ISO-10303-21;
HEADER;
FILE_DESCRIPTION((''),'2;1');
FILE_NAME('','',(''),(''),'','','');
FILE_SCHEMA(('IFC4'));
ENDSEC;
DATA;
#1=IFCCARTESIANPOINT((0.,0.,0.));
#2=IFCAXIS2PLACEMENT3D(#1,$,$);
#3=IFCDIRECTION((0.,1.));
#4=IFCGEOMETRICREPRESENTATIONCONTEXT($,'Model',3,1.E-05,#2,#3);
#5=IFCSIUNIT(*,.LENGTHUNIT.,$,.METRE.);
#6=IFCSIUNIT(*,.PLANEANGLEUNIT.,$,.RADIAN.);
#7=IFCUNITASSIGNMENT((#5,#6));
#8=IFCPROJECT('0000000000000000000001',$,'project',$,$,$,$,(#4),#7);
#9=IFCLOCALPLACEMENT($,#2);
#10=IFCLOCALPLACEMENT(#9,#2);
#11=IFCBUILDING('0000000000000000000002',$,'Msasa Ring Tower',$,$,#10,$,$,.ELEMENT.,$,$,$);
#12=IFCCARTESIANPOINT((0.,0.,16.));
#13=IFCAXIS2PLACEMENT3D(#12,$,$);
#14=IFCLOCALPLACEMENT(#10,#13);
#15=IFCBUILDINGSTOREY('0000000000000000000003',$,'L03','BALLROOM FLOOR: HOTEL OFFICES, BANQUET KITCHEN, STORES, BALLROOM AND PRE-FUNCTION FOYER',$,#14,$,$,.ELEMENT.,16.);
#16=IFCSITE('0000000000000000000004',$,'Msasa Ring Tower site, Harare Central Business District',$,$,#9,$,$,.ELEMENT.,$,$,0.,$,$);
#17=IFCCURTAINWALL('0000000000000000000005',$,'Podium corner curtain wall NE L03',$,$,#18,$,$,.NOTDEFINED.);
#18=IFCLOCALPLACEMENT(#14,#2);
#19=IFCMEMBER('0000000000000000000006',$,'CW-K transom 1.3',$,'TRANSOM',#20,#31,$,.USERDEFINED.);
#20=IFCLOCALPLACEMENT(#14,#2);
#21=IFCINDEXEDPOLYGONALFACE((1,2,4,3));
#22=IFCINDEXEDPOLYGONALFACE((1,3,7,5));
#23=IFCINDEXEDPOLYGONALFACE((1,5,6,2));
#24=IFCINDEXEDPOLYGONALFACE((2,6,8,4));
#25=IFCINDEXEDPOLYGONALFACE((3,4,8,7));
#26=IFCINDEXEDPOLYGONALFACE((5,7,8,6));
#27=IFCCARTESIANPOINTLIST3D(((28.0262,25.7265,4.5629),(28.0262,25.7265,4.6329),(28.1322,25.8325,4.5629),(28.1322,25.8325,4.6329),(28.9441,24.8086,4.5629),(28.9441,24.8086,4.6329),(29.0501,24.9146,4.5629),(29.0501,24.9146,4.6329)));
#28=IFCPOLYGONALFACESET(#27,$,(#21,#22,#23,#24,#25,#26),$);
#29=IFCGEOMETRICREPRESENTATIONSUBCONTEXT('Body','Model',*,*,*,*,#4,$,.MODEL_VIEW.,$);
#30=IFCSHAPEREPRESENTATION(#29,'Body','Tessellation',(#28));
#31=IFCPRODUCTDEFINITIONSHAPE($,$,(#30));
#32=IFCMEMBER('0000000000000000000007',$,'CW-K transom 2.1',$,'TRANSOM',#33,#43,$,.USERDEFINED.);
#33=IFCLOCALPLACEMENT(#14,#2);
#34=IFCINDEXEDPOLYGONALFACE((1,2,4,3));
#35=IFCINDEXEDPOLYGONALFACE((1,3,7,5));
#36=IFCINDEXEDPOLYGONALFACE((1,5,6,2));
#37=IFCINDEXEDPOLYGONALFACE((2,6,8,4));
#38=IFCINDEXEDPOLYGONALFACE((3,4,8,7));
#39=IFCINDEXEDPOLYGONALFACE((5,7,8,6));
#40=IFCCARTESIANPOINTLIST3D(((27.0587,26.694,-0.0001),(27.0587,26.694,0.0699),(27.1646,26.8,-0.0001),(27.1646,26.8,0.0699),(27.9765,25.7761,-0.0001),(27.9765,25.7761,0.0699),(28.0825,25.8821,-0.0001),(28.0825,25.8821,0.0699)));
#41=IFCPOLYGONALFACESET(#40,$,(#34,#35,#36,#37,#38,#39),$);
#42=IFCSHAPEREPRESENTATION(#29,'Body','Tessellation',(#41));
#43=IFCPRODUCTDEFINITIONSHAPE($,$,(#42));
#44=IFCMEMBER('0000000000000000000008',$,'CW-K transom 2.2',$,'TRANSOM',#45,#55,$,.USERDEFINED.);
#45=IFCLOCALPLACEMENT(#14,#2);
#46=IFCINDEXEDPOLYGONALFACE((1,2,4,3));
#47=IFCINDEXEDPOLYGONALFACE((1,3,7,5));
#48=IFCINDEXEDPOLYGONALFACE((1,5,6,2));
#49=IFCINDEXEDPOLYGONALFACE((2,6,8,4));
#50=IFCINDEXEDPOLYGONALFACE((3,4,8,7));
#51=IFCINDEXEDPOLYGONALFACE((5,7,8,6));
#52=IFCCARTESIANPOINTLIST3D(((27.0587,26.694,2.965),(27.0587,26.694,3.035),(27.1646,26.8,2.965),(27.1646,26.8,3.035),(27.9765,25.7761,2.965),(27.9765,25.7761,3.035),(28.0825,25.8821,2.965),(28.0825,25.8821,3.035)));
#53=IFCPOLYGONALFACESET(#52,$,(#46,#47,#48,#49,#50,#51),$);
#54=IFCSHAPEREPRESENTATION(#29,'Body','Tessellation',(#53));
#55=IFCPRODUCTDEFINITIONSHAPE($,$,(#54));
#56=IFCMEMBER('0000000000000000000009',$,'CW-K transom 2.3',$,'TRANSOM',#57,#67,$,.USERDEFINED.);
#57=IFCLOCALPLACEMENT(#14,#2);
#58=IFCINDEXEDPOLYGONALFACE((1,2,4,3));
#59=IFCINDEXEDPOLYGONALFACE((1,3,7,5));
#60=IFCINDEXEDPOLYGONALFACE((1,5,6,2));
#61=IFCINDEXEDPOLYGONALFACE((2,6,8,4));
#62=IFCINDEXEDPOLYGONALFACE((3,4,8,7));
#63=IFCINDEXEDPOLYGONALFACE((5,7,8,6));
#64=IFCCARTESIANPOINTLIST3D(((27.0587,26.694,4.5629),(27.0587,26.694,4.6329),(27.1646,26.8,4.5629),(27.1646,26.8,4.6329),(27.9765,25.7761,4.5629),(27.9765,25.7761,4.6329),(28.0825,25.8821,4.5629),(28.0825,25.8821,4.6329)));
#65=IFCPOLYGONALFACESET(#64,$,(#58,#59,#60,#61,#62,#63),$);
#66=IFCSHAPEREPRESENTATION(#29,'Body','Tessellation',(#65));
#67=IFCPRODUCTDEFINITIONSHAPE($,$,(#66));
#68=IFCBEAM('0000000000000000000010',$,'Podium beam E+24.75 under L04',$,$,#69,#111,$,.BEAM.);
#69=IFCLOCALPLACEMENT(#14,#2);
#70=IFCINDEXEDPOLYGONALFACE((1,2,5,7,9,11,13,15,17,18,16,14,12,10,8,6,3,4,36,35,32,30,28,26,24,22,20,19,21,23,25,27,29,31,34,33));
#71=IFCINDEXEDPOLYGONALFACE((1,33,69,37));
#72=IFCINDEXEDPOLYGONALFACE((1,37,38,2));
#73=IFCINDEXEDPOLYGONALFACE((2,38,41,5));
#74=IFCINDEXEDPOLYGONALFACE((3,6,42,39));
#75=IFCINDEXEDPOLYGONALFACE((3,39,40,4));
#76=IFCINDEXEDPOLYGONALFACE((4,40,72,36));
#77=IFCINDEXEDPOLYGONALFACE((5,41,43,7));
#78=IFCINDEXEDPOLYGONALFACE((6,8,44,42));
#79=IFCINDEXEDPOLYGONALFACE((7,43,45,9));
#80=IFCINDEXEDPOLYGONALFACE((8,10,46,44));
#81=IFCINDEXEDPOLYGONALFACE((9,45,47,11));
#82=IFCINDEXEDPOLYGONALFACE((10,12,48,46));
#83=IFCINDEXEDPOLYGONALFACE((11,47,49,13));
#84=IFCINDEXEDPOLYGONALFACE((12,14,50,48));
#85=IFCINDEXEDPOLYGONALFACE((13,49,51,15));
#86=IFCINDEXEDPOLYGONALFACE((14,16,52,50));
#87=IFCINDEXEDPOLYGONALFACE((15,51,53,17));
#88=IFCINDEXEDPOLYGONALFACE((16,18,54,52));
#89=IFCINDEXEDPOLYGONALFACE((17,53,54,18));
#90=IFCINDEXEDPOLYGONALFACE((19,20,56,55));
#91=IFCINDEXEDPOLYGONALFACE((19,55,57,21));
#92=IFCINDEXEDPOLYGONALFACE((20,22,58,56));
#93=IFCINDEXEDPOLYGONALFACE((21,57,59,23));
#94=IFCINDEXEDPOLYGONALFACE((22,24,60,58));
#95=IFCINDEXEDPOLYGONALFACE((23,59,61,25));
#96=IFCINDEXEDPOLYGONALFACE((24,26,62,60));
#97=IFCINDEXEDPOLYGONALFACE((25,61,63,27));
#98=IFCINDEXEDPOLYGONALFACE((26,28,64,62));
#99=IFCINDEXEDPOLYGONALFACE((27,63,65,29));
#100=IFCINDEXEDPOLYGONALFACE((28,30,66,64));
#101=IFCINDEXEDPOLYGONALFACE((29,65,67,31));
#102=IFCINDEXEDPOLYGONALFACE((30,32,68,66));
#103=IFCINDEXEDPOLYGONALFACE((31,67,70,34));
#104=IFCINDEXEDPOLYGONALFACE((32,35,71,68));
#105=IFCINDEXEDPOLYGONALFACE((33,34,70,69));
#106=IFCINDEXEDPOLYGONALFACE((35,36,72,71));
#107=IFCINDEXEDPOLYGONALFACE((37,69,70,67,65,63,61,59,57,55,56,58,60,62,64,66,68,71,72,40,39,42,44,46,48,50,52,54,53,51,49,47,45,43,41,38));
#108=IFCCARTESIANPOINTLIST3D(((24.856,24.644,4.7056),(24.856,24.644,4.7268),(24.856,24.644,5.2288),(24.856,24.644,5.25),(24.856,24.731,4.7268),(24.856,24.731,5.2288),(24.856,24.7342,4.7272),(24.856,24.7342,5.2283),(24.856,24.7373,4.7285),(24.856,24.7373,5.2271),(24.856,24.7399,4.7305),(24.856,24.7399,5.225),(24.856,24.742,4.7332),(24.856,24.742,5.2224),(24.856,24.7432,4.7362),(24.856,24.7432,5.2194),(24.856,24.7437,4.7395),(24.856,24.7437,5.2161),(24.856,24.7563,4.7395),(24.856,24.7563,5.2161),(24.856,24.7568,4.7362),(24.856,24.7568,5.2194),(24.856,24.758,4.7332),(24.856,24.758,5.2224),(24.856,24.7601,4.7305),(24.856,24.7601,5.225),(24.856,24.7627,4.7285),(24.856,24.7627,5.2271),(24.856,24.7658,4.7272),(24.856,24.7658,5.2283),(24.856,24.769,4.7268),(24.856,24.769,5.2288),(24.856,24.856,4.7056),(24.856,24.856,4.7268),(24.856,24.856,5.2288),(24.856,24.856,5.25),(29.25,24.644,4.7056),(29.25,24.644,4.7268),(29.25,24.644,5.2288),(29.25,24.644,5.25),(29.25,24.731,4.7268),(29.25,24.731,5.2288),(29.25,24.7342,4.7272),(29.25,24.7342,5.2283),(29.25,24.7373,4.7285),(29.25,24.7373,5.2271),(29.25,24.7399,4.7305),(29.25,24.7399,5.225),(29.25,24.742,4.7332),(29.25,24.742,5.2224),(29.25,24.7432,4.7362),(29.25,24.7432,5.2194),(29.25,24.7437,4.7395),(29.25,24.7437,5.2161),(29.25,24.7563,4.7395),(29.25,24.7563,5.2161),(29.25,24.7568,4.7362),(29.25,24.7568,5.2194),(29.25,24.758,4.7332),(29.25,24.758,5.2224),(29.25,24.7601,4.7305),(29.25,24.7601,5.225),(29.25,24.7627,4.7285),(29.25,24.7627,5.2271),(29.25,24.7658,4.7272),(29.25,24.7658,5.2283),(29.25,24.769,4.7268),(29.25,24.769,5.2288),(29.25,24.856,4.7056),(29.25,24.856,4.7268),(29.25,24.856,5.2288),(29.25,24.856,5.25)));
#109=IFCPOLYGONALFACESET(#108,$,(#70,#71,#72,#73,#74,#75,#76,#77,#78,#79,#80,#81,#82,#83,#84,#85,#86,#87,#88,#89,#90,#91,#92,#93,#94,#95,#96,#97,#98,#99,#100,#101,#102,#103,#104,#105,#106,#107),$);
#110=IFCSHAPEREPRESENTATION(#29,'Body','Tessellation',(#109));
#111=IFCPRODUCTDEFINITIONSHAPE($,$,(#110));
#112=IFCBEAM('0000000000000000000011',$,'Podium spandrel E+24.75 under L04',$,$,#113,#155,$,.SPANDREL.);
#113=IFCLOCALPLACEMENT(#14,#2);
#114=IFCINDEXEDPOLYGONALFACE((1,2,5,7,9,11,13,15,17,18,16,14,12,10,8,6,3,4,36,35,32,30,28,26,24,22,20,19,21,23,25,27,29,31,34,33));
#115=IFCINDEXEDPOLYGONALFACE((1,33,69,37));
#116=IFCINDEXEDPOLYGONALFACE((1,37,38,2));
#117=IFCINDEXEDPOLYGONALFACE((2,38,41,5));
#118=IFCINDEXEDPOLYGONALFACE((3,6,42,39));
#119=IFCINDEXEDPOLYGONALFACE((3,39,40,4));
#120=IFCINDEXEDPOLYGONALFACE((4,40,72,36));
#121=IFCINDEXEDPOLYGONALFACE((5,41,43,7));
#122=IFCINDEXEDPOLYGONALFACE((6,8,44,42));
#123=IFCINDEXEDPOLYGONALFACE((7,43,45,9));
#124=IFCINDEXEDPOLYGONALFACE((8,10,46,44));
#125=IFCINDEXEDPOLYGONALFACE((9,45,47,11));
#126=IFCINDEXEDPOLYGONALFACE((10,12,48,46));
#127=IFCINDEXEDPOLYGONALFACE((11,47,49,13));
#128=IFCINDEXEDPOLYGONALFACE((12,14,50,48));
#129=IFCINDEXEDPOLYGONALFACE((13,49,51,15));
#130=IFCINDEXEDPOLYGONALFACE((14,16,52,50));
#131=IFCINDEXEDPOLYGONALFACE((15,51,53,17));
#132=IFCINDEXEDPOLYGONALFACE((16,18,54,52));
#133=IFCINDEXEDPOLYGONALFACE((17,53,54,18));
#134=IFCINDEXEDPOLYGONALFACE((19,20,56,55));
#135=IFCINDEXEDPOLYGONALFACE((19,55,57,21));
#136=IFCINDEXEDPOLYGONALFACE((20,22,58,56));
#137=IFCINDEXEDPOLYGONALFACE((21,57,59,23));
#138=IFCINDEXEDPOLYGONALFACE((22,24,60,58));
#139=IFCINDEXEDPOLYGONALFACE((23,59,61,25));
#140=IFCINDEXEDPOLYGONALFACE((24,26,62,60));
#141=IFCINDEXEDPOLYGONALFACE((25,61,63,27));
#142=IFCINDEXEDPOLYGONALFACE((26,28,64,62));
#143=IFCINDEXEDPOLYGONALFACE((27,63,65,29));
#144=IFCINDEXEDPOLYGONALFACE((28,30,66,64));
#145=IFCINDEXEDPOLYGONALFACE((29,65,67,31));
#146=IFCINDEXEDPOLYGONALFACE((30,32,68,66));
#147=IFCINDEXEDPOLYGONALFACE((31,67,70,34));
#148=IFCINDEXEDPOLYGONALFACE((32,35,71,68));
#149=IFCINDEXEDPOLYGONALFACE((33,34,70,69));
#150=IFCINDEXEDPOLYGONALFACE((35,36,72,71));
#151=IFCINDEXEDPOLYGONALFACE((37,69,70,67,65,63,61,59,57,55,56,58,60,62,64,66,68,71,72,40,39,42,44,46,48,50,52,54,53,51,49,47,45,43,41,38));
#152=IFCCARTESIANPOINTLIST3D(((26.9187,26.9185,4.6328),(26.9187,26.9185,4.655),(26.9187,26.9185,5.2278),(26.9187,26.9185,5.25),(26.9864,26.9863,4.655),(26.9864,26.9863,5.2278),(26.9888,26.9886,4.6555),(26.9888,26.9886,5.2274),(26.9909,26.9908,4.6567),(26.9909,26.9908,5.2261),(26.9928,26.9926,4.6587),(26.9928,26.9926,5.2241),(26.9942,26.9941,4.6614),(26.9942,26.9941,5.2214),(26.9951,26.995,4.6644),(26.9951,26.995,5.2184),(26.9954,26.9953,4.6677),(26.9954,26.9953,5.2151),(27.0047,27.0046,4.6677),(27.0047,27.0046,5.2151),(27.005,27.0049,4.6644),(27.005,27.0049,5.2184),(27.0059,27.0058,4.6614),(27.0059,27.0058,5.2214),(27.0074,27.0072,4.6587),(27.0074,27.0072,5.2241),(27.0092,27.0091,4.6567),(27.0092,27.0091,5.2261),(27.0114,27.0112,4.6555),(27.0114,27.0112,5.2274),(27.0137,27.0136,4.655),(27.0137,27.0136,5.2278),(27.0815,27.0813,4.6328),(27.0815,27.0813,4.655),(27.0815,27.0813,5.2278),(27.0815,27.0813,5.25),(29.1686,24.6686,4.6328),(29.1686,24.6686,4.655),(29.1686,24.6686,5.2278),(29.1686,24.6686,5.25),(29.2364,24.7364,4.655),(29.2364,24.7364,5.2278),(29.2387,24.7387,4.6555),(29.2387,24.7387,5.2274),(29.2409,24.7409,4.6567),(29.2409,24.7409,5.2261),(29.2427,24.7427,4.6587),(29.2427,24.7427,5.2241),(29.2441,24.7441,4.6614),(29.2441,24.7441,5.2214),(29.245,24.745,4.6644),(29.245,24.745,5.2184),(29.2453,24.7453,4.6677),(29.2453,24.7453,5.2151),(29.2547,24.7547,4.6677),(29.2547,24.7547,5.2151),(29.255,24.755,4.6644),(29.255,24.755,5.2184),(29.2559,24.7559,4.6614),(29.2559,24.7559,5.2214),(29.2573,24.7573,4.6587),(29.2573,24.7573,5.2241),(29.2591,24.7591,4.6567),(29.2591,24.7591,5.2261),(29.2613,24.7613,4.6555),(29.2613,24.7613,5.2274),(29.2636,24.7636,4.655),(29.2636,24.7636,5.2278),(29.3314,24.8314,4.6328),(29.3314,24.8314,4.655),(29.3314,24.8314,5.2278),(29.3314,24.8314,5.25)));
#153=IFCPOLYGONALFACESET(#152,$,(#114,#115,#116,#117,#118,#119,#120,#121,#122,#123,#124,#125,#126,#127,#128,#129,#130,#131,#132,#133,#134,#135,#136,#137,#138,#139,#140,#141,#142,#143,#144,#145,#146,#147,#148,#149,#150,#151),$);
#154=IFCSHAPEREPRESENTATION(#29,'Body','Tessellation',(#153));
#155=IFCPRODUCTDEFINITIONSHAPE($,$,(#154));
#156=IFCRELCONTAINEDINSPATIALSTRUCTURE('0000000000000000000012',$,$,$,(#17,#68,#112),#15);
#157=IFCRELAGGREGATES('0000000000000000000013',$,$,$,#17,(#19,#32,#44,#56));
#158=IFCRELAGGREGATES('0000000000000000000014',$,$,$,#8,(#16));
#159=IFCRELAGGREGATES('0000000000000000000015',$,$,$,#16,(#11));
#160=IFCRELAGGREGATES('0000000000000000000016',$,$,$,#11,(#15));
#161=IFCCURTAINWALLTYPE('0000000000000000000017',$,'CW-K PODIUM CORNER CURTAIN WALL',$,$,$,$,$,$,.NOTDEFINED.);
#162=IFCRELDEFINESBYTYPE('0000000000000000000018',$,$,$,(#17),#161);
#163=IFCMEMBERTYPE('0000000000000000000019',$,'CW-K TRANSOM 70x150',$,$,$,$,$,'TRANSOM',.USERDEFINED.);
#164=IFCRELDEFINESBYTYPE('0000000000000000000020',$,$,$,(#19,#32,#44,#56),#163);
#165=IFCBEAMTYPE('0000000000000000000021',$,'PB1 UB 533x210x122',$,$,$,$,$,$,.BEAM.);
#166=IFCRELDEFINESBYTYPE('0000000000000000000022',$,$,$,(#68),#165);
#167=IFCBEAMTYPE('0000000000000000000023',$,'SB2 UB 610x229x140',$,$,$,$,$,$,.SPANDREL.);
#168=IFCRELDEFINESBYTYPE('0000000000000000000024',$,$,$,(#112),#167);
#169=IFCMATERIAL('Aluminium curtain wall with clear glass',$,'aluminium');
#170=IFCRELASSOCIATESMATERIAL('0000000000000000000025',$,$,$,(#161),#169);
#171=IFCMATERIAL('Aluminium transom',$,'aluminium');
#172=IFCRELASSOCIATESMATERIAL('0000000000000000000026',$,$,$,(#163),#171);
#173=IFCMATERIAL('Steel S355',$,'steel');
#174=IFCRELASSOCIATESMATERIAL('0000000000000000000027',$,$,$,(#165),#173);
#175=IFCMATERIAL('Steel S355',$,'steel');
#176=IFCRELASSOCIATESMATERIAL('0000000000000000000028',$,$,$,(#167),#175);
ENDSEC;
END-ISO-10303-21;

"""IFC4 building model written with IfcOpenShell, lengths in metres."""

from ifc_helpers import new_model, si_unit, direction, frame, origin, origin_2d, place, context, subcontext, project, spatial, rectangle, i_section, extrude, material, material_profile, profile_set, type_object, element, aggregate, save


model = new_model("IFC4")

# Units and contexts
model_context = context("Model", 3, precision=1e-05, world=origin(), true_north=direction((0.0, 1.0)))
body_context = subcontext(model_context, "Body", "Model", "MODEL_VIEW")
ifc_project = project(units=[si_unit("LENGTHUNIT", "METRE"), si_unit("PLANEANGLEUNIT", "RADIAN")], contexts=[model_context])

# Site, building, storey
site_placement = place(None, origin())
site = spatial("IfcSite", under=ifc_project, at=site_placement, Name="Msasa Ring Tower site, Harare Central Business District", CompositionType="ELEMENT", RefElevation=0.0)
building_placement = place(site_placement, origin())
building = spatial("IfcBuilding", under=site, at=building_placement, Name="Msasa Ring Tower", CompositionType="ELEMENT")
storey_placement = place(building_placement, frame((0.0, 0.0, 16.0)))
storey = spatial("IfcBuildingStorey", under=building, at=storey_placement, Name="L03", Description="BALLROOM FLOOR: HOTEL OFFICES, BANQUET KITCHEN, STORES, BALLROOM AND PRE-FUNCTION FOYER", CompositionType="ELEMENT", Elevation=16.0)

# Shared definitions
ifc_material_1 = material(Name="Aluminium curtain wall with clear glass", Category="aluminium")
curtain_wall_type = type_object("IfcCurtainWallType", Name="CW-K PODIUM CORNER CURTAIN WALL", PredefinedType="NOTDEFINED", material=ifc_material_1)

# Curtain wall
curtain_wall_1_placement = place(storey_placement, origin())
curtain_wall_1 = element("IfcCurtainWall", 1, at=curtain_wall_1_placement, inside=storey, type_object=curtain_wall_type, Name="Podium corner curtain wall NE L03", PredefinedType="NOTDEFINED")

# Members
ifc_material_2 = material(Name="Aluminium transom", Category="aluminium")
ifc_material_profile_1 = material_profile(ifc_material_2, rectangle(XDim=0.1499, YDim=0.0701, at=origin_2d()), Name="AL 70x150")
ifc_profile_set_1 = profile_set([ifc_material_profile_1], Name="Aluminium transom")
member_type_1 = type_object("IfcMemberType", Name="CW-K TRANSOM 70x150", ElementType="TRANSOM", PredefinedType="USERDEFINED", material=ifc_profile_set_1)
member_1_placement = place(storey_placement, frame((28.9971, 24.8616, 4.5979), z_axis=(-0.707107, 0.707107, 0.0), x_axis=(-0.707107, -0.707107, 0.0)))
member_1 = element("IfcMember", 2, at=member_1_placement, type_object=member_type_1, Name="CW-K transom 1.3", ObjectType="TRANSOM", PredefinedType="USERDEFINED", context=body_context, shape_type="SweptSolid", body=[
    extrude(rectangle(XDim=0.1499, YDim=0.0701, at=origin_2d()), origin(), (0.0, 0.0, 1.0), 1.2981),
])
member_2_placement = place(storey_placement, frame((28.0295, 25.8291, 0.0349), z_axis=(-0.707107, 0.707107, 0.0), x_axis=(-0.707107, -0.707107, 0.0)))
member_2 = element("IfcMember", 3, at=member_2_placement, type_object=member_type_1, Name="CW-K transom 2.1", ObjectType="TRANSOM", PredefinedType="USERDEFINED", context=body_context, shape_type="SweptSolid", body=[
    extrude(rectangle(XDim=0.1499, YDim=0.0701, at=origin_2d()), origin(), (0.0, 0.0, 1.0), 1.2981),
])
member_3_placement = place(storey_placement, frame((28.0295, 25.8291, 3.0), z_axis=(-0.707107, 0.707107, 0.0), x_axis=(-0.707107, -0.707107, 0.0)))
member_3 = element("IfcMember", 4, at=member_3_placement, type_object=member_type_1, Name="CW-K transom 2.2", ObjectType="TRANSOM", PredefinedType="USERDEFINED", context=body_context, shape_type="SweptSolid", body=[
    extrude(rectangle(XDim=0.1499, YDim=0.0701, at=origin_2d()), origin(), (0.0, 0.0, 1.0), 1.2981),
])
member_4_placement = place(storey_placement, frame((28.0295, 25.8291, 4.5979), z_axis=(-0.707107, 0.707107, 0.0), x_axis=(-0.707107, -0.707107, 0.0)))
member_4 = element("IfcMember", 5, at=member_4_placement, type_object=member_type_1, Name="CW-K transom 2.3", ObjectType="TRANSOM", PredefinedType="USERDEFINED", context=body_context, shape_type="SweptSolid", body=[
    extrude(rectangle(XDim=0.1499, YDim=0.0701, at=origin_2d()), origin(), (0.0, 0.0, 1.0), 1.2981),
])

# Beams
ifc_material_3 = material(Name="Steel S355", Category="steel")
ifc_material_profile_2 = material_profile(ifc_material_3, i_section(OverallWidth=0.2119, OverallDepth=0.5444, WebThickness=0.0127, FlangeThickness=0.0212, FilletRadius=0.0127, at=origin_2d()), Name="UB 533x210x122")
ifc_profile_set_2 = profile_set([ifc_material_profile_2], Name="Steel S355")
beam_type_1 = type_object("IfcBeamType", Name="PB1 UB 533x210x122", PredefinedType="BEAM", material=ifc_profile_set_2)
beam_placement = place(storey_placement, frame((29.25, 24.75, 4.9778), z_axis=(-1.0, 0.0, 0.0), x_axis=(0.0, -1.0, 0.0)))
element("IfcBeam", 6, at=beam_placement, inside=storey, type_object=beam_type_1, Name="Podium beam E+24.75 under L04", PredefinedType="BEAM", context=body_context, shape_type="SweptSolid", body=[
    extrude(i_section(OverallWidth=0.2119, OverallDepth=0.5444, WebThickness=0.0127, FlangeThickness=0.0212, FilletRadius=0.0127, at=origin_2d()), origin(), (0.0, 0.0, 1.0), 4.394),
])
ifc_material_4 = material(Name="Steel S355", Category="steel")
ifc_material_profile_3 = material_profile(ifc_material_4, i_section(OverallWidth=0.2302, OverallDepth=0.6172, WebThickness=0.0132, FlangeThickness=0.0222, FilletRadius=0.0127, at=origin_2d()), Name="UB 610x229x140")
ifc_profile_set_3 = profile_set([ifc_material_profile_3], Name="Steel S355")
beam_type_2 = type_object("IfcBeamType", Name="SB2 UB 610x229x140", PredefinedType="SPANDREL", material=ifc_profile_set_3)
for number, where, z_axis, x_axis, name in (
    (7, (29.25, 24.75, 4.9414), (-0.707107, 0.707107, 0.0), (-0.707107, -0.707107, 0.0), "Podium spandrel E+24.75 under L04"),
):
    element("IfcBeam", number, at=place(storey_placement, frame(where, z_axis=z_axis, x_axis=x_axis)), inside=storey, type_object=beam_type_2, Name=name, PredefinedType="SPANDREL", context=body_context, shape_type="SweptSolid", body=[
        extrude(i_section(OverallWidth=0.2302, OverallDepth=0.6172, WebThickness=0.0132, FlangeThickness=0.0222, FilletRadius=0.0127, at=origin_2d()), origin(), (0.0, 0.0, 1.0), 3.1819),
    ])

aggregate(curtain_wall_1, [member_1, member_2, member_3, member_4])

save(model, "model.ifc")
